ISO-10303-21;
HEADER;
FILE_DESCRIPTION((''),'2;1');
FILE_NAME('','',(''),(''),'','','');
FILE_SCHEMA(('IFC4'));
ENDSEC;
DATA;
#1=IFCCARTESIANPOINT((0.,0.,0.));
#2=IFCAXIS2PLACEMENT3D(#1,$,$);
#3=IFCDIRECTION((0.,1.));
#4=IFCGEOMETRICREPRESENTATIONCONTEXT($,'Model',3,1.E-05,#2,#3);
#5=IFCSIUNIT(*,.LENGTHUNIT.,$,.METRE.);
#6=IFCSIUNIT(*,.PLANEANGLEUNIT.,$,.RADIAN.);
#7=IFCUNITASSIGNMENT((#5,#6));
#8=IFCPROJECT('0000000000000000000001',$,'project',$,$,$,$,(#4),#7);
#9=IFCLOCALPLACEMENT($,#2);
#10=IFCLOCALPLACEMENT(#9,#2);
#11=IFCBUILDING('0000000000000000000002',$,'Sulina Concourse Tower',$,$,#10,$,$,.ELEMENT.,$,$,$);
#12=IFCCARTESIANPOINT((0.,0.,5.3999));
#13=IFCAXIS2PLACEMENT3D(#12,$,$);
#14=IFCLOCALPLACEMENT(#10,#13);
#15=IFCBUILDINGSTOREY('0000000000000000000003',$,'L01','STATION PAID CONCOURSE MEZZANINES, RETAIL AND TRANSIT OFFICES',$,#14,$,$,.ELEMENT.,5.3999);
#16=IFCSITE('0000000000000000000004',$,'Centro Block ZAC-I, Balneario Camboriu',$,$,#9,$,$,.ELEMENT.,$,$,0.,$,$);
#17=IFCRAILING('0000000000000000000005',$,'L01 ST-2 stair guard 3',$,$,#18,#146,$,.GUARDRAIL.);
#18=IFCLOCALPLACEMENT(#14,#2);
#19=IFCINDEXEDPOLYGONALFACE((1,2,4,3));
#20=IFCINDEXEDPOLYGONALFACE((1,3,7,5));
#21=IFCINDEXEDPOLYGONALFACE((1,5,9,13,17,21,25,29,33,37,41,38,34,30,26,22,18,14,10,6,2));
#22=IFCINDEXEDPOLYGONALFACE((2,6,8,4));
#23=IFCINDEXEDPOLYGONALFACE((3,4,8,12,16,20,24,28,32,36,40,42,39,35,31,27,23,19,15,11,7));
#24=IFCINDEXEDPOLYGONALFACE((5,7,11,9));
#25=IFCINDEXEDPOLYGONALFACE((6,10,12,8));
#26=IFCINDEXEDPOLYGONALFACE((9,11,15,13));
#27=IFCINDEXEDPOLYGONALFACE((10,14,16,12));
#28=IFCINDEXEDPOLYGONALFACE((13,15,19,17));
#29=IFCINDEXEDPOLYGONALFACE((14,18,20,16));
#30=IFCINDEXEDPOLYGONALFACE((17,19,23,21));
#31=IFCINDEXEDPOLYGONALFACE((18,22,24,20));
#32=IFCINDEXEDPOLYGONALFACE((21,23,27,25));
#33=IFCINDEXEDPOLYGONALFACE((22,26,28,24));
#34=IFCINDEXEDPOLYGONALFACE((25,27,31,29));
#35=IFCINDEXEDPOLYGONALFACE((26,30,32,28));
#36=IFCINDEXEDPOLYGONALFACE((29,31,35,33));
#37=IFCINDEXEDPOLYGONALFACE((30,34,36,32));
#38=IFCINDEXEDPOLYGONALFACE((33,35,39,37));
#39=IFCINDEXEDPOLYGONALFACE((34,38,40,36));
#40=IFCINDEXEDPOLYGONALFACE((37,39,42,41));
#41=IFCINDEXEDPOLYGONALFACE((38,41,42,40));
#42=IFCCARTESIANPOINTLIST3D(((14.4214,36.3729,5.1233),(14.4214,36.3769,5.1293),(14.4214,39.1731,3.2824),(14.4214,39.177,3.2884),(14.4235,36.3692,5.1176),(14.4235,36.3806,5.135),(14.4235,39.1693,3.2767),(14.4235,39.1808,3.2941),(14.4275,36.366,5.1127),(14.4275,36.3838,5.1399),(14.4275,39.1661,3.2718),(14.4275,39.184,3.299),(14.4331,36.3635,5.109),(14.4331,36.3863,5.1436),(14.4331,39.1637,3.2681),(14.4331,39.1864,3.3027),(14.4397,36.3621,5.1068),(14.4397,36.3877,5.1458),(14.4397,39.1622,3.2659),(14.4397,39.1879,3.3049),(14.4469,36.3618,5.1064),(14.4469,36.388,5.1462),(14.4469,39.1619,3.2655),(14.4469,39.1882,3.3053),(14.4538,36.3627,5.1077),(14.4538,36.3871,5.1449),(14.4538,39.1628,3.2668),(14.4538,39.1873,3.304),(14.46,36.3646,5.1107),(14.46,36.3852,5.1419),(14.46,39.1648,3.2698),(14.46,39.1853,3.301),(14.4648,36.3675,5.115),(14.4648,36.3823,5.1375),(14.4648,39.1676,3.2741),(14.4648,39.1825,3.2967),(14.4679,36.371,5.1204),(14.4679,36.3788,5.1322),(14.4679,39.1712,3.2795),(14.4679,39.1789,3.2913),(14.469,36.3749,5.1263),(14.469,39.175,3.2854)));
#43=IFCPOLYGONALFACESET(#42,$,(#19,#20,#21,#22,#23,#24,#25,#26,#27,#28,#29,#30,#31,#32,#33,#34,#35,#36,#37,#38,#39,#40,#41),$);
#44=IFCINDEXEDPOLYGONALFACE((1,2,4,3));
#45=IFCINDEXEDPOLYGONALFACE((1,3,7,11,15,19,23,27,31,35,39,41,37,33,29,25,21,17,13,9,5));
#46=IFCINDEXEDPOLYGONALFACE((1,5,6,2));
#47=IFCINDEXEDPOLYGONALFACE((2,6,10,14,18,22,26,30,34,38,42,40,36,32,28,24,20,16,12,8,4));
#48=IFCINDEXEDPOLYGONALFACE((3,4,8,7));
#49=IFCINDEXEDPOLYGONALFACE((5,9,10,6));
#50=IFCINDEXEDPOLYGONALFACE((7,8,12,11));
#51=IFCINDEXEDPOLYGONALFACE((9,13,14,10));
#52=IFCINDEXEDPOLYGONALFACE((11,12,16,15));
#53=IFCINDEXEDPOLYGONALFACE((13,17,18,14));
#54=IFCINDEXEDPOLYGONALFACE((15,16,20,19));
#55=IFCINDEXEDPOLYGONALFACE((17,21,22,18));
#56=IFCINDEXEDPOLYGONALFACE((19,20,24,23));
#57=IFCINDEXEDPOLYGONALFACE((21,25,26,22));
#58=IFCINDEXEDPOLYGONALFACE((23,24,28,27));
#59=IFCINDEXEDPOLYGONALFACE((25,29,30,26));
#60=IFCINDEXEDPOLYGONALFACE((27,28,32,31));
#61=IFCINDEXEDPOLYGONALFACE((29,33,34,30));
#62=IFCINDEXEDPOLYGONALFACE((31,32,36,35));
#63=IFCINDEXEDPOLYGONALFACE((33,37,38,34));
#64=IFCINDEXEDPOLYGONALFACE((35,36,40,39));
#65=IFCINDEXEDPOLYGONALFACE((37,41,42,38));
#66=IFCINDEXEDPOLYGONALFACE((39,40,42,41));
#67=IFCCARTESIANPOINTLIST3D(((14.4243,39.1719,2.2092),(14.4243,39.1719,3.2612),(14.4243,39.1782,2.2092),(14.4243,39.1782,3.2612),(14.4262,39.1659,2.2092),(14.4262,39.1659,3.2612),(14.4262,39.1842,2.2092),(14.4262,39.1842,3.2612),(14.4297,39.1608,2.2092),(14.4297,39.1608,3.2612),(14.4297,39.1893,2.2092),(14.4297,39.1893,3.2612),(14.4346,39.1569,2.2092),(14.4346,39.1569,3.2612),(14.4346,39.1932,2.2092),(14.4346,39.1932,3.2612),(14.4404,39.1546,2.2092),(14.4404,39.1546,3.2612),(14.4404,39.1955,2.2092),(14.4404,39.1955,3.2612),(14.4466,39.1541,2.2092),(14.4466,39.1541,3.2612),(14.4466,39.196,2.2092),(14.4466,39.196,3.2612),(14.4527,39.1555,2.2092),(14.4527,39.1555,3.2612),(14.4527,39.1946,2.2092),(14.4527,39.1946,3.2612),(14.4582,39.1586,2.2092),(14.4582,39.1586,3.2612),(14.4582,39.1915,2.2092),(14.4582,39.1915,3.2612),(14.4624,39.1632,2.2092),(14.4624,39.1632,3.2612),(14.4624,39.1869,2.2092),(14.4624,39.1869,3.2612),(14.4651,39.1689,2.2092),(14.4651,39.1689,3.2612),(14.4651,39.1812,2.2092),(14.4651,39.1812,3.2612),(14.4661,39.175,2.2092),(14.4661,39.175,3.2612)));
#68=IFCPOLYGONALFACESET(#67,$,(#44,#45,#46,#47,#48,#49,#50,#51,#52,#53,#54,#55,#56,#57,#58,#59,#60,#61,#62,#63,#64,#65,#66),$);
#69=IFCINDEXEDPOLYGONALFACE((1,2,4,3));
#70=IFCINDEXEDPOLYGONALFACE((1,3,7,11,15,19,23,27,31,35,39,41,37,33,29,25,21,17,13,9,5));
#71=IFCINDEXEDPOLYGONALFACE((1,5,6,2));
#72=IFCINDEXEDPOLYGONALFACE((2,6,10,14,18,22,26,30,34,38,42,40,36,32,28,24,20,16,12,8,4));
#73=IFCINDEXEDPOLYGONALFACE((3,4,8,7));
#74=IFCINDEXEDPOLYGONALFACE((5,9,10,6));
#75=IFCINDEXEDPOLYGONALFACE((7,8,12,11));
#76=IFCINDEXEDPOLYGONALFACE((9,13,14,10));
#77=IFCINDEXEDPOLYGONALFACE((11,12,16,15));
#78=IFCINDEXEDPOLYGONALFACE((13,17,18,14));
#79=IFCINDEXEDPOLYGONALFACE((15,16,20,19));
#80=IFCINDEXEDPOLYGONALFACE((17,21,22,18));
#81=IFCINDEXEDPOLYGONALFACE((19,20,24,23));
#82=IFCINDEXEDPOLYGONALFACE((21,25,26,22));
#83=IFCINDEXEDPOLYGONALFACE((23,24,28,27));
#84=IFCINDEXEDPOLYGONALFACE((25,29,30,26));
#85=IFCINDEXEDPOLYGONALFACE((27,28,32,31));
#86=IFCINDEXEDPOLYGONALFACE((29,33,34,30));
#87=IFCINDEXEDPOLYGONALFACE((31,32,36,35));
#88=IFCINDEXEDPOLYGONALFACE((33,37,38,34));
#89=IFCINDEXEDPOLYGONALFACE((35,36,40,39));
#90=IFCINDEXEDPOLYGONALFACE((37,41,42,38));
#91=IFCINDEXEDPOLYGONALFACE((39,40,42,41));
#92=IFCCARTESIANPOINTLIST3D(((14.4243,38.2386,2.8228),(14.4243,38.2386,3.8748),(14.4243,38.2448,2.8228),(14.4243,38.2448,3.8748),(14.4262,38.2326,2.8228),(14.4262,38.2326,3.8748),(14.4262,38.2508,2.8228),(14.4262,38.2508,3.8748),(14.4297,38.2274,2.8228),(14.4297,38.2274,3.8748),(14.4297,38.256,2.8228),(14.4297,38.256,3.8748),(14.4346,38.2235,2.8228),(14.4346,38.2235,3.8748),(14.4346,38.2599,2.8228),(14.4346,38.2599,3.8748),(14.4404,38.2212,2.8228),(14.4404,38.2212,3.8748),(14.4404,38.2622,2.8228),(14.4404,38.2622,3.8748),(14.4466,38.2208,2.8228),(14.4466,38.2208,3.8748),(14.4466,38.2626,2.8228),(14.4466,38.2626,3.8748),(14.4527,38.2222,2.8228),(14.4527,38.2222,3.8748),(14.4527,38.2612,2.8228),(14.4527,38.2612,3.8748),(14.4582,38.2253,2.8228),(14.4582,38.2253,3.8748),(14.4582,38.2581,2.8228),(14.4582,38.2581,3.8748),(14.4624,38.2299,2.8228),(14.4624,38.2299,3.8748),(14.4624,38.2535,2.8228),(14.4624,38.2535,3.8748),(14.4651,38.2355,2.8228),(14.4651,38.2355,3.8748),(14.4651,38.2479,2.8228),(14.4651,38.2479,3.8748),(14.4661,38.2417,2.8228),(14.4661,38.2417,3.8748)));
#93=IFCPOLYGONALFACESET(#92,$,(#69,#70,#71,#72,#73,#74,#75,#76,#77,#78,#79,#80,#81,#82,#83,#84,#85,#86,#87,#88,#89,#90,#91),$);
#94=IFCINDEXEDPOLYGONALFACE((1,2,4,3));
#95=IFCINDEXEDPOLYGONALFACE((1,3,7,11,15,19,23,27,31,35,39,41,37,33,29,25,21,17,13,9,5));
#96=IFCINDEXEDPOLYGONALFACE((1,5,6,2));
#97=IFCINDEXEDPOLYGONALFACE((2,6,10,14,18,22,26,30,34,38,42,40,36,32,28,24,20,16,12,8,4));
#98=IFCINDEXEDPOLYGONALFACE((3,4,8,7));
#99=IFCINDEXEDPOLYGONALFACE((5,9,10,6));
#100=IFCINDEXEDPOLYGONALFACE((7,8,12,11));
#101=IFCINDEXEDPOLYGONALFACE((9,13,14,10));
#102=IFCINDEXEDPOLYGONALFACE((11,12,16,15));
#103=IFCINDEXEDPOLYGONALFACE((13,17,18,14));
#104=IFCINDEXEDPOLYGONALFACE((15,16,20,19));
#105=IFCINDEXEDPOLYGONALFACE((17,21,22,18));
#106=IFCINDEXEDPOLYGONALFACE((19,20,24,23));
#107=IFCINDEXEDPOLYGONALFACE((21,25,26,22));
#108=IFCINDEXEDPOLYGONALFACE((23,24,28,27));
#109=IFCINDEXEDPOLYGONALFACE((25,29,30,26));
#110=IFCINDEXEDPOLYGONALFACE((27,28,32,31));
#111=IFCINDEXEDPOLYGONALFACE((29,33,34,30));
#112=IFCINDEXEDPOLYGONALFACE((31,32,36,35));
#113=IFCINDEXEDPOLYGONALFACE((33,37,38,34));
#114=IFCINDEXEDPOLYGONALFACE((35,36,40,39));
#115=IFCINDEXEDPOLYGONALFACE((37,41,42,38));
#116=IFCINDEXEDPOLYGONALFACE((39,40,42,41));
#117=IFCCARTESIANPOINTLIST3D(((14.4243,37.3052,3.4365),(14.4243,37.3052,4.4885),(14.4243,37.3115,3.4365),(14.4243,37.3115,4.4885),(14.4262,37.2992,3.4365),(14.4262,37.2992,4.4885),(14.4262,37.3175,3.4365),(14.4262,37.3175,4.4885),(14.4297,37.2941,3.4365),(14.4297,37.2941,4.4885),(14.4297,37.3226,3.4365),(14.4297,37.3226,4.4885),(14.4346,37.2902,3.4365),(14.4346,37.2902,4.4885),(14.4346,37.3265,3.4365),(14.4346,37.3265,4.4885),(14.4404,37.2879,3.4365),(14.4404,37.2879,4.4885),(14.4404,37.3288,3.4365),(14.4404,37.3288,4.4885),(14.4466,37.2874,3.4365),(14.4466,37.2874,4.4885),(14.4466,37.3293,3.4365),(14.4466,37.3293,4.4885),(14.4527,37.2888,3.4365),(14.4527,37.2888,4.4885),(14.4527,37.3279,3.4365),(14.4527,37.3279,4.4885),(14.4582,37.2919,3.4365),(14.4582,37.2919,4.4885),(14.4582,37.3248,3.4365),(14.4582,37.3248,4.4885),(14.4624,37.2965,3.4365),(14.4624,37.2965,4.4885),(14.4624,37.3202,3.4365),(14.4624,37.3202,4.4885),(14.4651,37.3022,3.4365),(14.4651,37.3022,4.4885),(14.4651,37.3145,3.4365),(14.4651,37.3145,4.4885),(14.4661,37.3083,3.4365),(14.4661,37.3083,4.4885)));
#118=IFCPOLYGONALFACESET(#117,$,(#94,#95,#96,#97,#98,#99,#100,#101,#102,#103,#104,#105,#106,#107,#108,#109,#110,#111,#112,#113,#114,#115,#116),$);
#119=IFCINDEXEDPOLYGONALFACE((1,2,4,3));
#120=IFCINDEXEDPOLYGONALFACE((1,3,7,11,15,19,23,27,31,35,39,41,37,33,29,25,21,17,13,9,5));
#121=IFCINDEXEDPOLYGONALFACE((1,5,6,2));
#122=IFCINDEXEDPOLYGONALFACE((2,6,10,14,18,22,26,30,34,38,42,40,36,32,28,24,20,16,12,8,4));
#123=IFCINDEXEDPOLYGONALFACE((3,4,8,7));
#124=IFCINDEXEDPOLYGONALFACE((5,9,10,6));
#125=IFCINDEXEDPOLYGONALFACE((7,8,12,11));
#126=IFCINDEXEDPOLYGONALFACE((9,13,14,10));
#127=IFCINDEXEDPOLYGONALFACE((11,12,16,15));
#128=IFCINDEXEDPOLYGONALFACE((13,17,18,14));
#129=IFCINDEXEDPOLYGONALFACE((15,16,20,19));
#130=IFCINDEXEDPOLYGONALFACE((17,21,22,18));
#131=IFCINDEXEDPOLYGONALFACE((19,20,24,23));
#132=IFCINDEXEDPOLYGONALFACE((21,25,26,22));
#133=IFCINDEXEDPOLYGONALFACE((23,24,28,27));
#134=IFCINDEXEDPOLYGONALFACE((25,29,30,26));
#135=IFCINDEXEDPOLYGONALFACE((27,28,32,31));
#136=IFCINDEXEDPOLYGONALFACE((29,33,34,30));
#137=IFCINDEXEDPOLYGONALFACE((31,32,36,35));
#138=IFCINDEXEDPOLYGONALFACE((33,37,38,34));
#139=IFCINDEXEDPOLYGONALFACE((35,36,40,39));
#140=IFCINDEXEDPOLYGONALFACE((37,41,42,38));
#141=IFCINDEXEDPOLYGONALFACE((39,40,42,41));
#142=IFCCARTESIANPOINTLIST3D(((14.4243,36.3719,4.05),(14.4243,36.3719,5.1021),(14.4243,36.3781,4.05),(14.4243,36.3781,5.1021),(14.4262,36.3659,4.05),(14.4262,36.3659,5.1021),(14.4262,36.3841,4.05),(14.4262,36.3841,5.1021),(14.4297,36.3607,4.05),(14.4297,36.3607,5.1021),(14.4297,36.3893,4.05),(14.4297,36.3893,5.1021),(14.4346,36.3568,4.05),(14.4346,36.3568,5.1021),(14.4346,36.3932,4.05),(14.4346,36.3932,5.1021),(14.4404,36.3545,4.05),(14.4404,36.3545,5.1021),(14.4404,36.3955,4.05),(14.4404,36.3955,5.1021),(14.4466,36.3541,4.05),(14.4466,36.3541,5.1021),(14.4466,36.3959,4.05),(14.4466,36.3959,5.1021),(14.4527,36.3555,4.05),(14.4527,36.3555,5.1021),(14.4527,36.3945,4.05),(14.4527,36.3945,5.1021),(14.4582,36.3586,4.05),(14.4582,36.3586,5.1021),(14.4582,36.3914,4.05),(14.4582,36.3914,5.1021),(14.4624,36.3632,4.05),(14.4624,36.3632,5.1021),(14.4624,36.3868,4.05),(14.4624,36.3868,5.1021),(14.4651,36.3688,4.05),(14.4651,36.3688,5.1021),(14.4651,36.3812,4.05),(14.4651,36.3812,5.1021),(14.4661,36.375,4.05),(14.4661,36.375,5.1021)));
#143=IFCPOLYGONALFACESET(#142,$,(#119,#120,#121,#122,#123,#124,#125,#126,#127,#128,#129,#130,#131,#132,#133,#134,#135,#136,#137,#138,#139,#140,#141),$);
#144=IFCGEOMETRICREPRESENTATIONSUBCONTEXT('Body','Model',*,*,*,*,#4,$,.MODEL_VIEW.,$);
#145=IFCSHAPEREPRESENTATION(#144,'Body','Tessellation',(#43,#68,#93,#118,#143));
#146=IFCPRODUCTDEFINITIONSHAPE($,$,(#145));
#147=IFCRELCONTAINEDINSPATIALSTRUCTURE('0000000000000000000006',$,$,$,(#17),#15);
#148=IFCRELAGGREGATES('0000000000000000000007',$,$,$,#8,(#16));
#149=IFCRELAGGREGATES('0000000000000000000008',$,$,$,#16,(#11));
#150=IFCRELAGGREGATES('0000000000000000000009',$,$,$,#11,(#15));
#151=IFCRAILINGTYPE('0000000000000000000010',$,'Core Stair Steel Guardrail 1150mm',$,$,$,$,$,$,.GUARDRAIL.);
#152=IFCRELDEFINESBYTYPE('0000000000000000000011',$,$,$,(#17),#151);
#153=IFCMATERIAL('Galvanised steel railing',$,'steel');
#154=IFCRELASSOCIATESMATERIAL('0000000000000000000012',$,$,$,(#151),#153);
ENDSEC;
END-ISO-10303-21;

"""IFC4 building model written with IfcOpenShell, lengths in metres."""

from ifc_helpers import new_model, si_unit, direction, frame, origin, origin_2d, place, context, subcontext, project, spatial, circle, extrude, material, type_object, element, save


model = new_model("IFC4")

# Units and contexts
model_context = context("Model", 3, precision=1e-05, world=origin(), true_north=direction((0.0, 1.0)))
body_context = subcontext(model_context, "Body", "Model", "MODEL_VIEW")
ifc_project = project(units=[si_unit("LENGTHUNIT", "METRE"), si_unit("PLANEANGLEUNIT", "RADIAN")], contexts=[model_context])

# Site, building, storey
site_placement = place(None, origin())
site = spatial("IfcSite", under=ifc_project, at=site_placement, Name="Centro Block ZAC-I, Balneario Camboriu", CompositionType="ELEMENT", RefElevation=0.0)
building_placement = place(site_placement, origin())
building = spatial("IfcBuilding", under=site, at=building_placement, Name="Sulina Concourse Tower", CompositionType="ELEMENT")
storey_placement = place(building_placement, frame((0.0, 0.0, 5.3999)))
storey = spatial("IfcBuildingStorey", under=building, at=storey_placement, Name="L01", Description="STATION PAID CONCOURSE MEZZANINES, RETAIL AND TRANSIT OFFICES", CompositionType="ELEMENT", Elevation=5.3999)

# Railing
ifc_material_1 = material(Name="Galvanised steel railing", Category="steel")
railing_type_1 = type_object("IfcRailingType", Name="Core Stair Steel Guardrail 1150mm", PredefinedType="GUARDRAIL", material=ifc_material_1)
railing_1_placement = place(storey_placement, frame((14.4451, 39.175, 2.2092)))
element("IfcRailing", 1, at=railing_1_placement, inside=storey, type_object=railing_type_1, Name="L01 ST-2 stair guard 3", PredefinedType="GUARDRAIL", context=body_context, shape_type="SweptSolid", body=[
    extrude(circle(Radius=0.0239, at=origin_2d()), frame((0.0, 0.0, 1.0762), z_axis=(0.0, -0.835598, 0.549342), x_axis=(1.0, 0.0, 0.0)), (0.0, 0.0, 1.0), 3.3511),
    extrude(circle(Radius=0.021, at=origin_2d()), origin(), (0.0, 0.0, 1.0), 1.052),
    extrude(circle(Radius=0.021, at=origin_2d()), frame((0.0, -0.9333, 0.6135)), (0.0, 0.0, 1.0), 1.052),
    extrude(circle(Radius=0.021, at=origin_2d()), frame((0.0, -1.8667, 1.2273)), (0.0, 0.0, 1.0), 1.052),
    extrude(circle(Radius=0.021, at=origin_2d()), frame((0.0, -2.8, 1.8408)), (0.0, 0.0, 1.0), 1.052),
])

save(model, "model.ifc")
